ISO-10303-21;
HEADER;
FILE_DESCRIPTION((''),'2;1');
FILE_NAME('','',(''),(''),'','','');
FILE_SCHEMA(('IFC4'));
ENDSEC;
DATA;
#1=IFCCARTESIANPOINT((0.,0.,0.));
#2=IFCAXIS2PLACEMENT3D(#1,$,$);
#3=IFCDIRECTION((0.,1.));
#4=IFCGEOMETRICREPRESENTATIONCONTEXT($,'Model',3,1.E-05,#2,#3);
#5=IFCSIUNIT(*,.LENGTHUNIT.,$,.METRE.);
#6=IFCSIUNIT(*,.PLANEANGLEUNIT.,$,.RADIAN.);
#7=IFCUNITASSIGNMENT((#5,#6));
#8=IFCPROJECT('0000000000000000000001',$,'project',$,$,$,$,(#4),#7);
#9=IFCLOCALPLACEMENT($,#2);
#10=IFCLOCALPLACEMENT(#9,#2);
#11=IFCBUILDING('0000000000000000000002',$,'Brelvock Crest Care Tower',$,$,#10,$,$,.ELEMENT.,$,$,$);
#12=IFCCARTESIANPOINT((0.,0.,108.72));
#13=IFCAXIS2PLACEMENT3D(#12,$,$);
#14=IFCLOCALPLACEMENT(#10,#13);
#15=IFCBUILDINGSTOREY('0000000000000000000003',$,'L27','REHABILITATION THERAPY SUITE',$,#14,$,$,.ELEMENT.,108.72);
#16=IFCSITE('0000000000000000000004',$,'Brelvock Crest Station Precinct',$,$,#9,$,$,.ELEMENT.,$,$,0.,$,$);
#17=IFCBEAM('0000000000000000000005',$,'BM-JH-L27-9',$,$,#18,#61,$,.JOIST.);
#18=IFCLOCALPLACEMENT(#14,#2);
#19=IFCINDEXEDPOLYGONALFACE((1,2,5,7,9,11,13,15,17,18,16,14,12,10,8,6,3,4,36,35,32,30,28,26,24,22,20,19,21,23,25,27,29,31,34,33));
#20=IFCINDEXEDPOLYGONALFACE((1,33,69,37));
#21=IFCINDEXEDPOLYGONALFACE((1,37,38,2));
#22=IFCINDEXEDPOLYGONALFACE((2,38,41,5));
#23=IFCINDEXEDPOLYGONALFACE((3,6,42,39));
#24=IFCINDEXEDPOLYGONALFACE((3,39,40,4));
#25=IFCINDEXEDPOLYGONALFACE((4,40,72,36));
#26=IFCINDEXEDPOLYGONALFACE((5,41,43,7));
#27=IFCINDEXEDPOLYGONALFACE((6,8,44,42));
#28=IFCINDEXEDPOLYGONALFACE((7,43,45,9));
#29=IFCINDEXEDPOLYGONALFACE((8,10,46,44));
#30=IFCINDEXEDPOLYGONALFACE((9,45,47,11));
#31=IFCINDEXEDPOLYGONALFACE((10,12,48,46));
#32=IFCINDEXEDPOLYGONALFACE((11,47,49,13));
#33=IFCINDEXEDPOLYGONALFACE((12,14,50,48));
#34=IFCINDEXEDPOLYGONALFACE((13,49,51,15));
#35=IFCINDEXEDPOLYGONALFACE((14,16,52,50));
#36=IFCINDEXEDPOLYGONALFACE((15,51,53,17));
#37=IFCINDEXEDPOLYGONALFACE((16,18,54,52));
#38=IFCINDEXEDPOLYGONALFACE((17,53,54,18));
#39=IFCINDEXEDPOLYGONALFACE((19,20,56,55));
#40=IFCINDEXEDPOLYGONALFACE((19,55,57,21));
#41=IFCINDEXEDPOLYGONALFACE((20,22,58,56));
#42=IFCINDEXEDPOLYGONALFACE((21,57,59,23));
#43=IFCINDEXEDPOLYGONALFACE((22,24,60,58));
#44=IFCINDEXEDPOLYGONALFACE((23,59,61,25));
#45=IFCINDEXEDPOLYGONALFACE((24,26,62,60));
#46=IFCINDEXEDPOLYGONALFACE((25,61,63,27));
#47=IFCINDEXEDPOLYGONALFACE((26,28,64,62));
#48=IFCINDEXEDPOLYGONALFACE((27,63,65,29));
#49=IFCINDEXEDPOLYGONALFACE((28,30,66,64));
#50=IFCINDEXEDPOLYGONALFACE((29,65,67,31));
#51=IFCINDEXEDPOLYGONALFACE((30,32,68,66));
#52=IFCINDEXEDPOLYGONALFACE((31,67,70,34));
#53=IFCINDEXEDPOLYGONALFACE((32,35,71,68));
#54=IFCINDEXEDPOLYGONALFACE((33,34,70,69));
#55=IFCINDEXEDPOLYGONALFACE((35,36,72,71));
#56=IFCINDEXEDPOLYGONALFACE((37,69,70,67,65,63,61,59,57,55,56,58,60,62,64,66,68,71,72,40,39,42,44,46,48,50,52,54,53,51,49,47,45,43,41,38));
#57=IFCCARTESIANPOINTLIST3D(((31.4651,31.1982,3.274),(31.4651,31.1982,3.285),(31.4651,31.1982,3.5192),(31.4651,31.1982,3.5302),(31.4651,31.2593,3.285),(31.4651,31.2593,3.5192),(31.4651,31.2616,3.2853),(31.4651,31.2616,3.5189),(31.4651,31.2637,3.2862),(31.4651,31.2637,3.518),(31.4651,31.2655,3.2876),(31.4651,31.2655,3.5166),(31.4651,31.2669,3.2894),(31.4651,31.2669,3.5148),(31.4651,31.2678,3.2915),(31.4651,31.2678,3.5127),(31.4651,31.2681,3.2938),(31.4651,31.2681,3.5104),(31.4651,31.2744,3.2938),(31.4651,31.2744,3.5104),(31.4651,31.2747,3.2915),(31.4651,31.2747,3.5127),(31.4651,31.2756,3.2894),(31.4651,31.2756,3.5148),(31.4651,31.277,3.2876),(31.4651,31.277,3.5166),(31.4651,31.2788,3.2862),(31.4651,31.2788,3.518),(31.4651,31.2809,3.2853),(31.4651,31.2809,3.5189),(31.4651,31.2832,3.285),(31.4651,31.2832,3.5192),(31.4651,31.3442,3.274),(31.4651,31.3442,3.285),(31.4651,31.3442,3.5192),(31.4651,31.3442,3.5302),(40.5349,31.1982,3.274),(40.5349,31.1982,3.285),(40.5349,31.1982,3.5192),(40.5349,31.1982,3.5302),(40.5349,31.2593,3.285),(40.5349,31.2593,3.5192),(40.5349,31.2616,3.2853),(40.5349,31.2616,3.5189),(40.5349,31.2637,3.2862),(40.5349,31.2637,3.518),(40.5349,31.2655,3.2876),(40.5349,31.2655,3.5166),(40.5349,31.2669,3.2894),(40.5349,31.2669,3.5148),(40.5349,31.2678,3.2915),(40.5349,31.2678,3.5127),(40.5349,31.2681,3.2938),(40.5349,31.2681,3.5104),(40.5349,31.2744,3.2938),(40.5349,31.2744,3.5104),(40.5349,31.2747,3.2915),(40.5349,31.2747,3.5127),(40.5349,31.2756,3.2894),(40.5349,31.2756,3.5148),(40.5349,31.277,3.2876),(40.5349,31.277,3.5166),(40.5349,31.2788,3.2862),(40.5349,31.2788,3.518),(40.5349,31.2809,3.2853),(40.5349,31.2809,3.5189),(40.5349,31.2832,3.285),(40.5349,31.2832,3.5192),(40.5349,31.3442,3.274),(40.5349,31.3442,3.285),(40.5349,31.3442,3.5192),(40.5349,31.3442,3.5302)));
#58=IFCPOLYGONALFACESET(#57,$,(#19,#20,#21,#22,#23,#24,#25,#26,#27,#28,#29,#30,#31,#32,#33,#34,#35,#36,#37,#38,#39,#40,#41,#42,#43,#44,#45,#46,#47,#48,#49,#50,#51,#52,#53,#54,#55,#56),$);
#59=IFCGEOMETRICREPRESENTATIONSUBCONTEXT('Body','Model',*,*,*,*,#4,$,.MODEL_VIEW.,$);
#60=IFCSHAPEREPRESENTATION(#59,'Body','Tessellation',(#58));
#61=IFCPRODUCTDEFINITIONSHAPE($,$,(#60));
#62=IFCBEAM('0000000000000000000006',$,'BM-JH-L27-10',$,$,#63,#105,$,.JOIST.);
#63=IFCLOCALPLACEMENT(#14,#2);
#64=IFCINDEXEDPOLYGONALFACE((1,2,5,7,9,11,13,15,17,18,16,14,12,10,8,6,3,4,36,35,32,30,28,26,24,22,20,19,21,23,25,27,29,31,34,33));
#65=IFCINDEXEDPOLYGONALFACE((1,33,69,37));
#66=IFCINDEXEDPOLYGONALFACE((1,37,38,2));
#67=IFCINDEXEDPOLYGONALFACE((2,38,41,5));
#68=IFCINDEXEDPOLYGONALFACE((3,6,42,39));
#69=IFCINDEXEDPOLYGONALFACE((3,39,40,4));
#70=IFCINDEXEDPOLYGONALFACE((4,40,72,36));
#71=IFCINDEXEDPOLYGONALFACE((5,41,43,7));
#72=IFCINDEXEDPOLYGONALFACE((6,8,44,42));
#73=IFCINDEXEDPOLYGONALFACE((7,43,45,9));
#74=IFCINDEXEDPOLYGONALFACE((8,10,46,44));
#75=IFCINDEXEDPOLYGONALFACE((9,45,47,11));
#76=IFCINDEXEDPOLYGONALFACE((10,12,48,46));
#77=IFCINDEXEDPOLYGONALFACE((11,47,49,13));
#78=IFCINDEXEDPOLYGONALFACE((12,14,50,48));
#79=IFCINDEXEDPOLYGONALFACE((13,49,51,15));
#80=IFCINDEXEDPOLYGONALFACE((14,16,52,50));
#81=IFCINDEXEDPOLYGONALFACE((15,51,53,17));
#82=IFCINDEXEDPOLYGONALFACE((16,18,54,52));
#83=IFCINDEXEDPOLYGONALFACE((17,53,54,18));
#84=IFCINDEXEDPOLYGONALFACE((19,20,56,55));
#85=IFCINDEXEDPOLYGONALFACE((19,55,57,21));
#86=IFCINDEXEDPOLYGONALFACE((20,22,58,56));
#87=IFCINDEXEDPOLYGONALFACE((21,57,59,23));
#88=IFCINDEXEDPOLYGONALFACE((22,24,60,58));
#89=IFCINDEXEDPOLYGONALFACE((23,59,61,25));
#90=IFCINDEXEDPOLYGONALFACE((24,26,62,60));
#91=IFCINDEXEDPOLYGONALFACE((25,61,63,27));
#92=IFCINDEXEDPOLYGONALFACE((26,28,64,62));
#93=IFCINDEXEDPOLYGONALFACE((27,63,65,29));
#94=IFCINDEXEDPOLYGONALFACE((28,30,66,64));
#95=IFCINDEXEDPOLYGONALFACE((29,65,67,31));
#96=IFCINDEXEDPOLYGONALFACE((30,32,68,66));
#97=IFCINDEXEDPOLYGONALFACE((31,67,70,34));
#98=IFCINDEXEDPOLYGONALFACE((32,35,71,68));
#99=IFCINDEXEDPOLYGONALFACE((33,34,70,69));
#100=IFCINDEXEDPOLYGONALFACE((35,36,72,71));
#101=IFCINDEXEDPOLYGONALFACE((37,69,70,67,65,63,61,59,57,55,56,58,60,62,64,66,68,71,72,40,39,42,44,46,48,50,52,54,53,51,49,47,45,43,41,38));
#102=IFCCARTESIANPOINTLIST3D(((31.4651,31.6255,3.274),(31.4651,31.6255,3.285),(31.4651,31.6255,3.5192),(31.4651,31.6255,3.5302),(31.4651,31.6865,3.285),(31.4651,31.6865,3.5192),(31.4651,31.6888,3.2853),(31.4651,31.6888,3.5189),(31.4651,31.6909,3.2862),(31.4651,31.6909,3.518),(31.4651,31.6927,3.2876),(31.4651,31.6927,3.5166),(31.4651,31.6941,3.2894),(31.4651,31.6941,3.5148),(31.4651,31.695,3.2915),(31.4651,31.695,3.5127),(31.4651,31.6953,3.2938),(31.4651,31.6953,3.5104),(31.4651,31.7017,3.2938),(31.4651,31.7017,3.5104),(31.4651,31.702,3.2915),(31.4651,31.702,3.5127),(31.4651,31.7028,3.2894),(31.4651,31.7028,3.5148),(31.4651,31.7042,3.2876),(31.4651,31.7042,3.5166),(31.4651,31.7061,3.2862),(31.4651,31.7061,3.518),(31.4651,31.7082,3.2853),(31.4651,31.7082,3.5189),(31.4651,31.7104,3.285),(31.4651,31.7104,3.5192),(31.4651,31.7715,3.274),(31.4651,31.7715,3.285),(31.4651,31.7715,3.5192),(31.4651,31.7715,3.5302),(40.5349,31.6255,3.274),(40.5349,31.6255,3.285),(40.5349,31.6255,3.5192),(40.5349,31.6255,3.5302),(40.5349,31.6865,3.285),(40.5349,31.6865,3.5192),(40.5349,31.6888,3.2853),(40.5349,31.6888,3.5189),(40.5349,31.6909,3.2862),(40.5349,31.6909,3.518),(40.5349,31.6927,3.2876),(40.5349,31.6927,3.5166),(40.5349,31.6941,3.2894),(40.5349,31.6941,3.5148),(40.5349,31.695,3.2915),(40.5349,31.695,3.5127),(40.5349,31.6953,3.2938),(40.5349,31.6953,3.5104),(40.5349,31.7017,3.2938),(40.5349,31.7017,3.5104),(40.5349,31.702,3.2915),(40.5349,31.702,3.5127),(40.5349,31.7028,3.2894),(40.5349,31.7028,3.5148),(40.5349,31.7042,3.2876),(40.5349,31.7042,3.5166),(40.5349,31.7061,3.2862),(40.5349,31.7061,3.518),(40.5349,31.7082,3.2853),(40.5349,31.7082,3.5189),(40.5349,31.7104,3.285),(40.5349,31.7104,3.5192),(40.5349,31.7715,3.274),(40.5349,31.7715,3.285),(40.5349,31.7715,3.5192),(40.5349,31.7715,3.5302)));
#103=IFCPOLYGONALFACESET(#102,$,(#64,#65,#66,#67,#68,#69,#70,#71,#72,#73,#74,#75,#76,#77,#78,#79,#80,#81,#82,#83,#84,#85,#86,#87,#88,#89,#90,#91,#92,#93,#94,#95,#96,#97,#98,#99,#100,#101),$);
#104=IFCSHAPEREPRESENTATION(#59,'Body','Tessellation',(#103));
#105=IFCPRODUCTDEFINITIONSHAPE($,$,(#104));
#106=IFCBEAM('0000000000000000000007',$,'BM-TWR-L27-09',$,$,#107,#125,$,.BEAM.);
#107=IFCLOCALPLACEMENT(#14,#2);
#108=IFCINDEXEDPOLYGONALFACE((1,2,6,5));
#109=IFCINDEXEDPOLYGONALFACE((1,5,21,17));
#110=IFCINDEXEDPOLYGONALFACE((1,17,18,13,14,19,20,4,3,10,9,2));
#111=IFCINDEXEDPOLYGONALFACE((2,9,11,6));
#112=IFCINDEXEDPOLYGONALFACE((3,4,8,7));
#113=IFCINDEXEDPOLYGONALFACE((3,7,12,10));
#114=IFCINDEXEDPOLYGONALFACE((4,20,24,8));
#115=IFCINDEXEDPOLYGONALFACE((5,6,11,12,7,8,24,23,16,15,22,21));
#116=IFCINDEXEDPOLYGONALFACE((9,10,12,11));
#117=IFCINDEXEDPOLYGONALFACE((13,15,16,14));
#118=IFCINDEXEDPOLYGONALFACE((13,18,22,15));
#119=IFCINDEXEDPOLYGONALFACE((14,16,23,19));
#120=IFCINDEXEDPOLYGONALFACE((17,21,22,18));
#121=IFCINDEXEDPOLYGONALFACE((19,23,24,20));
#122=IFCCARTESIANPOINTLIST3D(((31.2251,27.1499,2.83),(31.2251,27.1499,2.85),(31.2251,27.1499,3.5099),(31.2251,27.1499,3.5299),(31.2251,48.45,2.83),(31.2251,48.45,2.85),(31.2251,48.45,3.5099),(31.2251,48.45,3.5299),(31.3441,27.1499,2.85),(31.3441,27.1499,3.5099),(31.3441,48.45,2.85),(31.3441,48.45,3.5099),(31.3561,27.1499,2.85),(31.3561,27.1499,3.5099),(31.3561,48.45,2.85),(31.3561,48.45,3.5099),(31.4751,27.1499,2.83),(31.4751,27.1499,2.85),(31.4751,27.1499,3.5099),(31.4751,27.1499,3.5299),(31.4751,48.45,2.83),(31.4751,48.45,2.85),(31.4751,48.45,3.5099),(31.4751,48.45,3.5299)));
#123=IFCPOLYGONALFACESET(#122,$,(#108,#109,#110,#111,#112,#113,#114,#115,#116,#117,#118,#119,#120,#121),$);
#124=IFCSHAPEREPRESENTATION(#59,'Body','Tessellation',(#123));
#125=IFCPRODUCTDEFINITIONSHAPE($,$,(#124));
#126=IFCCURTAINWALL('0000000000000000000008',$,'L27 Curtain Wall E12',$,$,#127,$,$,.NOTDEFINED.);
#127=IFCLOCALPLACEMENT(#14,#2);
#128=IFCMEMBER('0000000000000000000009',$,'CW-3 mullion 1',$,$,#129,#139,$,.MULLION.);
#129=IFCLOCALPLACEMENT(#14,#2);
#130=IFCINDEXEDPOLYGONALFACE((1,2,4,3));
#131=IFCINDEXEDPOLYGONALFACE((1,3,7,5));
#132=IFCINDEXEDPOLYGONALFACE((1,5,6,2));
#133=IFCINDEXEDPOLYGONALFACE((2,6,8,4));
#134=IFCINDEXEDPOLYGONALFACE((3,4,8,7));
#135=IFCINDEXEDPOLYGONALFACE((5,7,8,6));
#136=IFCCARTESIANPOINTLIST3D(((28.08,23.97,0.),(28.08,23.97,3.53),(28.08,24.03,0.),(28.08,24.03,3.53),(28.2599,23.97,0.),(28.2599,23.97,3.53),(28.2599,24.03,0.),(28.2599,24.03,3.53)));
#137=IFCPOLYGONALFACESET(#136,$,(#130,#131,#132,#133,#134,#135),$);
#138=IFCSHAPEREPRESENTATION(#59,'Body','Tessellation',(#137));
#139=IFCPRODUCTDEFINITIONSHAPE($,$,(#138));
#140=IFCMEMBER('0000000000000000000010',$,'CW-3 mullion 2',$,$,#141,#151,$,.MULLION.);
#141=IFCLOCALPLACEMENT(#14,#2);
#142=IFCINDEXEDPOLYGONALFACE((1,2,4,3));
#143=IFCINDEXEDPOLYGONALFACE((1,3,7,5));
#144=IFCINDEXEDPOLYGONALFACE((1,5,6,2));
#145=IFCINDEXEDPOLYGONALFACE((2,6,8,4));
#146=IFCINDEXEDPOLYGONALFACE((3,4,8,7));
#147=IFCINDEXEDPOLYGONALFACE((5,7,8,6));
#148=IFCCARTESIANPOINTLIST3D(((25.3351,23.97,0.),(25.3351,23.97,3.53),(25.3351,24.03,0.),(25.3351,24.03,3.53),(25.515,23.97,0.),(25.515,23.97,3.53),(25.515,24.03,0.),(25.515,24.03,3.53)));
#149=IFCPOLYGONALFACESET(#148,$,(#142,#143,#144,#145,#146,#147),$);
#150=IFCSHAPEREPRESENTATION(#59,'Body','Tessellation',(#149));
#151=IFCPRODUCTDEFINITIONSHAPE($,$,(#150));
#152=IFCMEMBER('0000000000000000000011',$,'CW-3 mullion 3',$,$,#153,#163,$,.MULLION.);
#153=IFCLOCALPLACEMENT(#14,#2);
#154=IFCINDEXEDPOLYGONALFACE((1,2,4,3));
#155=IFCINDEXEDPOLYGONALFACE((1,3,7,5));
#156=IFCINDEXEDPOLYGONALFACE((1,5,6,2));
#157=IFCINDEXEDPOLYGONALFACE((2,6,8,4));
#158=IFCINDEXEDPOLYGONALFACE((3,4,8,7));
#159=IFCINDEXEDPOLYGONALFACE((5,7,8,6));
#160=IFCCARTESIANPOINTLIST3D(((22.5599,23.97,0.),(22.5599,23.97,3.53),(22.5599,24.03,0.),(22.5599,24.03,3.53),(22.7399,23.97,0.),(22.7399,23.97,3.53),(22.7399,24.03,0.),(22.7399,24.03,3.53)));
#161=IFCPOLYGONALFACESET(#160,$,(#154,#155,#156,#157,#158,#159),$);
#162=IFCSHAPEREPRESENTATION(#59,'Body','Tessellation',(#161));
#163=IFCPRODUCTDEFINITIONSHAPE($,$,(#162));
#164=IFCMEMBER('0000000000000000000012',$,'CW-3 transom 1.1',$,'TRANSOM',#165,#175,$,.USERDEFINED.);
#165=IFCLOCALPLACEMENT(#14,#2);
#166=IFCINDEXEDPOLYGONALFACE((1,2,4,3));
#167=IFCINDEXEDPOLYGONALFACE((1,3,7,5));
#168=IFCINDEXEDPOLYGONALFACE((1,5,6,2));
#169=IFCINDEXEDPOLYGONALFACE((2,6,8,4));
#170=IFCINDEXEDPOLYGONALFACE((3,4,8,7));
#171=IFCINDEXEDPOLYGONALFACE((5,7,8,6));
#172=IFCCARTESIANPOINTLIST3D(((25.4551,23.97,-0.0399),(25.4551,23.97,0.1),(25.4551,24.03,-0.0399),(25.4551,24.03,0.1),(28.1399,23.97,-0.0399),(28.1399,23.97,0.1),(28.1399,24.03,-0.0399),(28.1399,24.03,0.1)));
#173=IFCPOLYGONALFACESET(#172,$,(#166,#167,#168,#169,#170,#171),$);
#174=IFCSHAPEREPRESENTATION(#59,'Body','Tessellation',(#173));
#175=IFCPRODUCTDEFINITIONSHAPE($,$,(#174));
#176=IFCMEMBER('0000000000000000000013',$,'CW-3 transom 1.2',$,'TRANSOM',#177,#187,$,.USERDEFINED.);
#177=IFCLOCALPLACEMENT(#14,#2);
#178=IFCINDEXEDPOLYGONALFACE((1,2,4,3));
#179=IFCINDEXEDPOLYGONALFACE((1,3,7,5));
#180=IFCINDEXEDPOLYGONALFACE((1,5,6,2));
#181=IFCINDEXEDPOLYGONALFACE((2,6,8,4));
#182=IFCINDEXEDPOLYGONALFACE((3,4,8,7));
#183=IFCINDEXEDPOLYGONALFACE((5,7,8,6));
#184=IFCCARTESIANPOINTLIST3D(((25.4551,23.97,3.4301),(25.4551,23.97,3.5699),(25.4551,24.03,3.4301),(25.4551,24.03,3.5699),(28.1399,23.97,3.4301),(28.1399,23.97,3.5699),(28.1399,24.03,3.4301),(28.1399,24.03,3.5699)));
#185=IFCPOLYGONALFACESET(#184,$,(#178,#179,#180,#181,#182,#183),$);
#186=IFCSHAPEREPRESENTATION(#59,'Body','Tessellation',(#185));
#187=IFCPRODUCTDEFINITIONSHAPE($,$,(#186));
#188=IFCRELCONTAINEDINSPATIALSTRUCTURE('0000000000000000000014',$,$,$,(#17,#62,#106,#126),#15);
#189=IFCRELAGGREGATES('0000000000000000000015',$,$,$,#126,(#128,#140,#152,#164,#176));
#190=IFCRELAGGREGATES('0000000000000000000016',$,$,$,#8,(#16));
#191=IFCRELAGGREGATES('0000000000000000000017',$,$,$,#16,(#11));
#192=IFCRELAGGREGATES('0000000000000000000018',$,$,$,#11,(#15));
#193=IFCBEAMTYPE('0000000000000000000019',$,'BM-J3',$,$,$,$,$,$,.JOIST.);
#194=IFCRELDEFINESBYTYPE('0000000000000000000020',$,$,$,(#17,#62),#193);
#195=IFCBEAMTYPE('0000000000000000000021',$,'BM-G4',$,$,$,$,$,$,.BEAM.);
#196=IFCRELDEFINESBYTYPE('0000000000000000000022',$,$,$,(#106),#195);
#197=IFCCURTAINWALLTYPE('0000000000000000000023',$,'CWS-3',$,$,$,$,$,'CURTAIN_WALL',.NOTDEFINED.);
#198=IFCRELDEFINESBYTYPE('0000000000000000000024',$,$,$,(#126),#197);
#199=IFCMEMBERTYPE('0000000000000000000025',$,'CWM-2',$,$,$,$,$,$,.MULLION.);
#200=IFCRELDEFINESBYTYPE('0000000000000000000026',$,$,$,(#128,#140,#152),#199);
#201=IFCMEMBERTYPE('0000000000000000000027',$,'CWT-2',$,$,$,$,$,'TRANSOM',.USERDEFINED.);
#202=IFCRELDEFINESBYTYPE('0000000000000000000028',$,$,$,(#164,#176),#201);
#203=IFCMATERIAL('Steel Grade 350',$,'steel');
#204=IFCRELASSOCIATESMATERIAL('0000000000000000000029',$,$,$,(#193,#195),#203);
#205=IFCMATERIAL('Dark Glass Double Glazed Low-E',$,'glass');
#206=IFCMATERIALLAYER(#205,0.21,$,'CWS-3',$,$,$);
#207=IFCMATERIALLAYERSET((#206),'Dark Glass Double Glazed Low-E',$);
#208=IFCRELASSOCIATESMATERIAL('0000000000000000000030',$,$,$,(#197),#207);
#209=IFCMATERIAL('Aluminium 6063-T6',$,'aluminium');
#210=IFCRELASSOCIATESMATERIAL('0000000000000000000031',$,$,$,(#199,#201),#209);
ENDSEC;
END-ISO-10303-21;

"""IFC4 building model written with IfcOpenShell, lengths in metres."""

from ifc_helpers import new_model, si_unit, direction, frame, origin, origin_2d, place, context, subcontext, project, spatial, rectangle, i_section, extrude, source, transform, mapped, material, layer, layer_set, material_profile, profile_set, type_object, element, aggregate, save


model = new_model("IFC4")

# Units and contexts
model_context = context("Model", 3, precision=1e-05, world=origin(), true_north=direction((0.0, 1.0)))
body_context = subcontext(model_context, "Body", "Model", "MODEL_VIEW")
ifc_project = project(units=[si_unit("LENGTHUNIT", "METRE"), si_unit("PLANEANGLEUNIT", "RADIAN")], contexts=[model_context])

# Site, building, storey
site_placement = place(None, origin())
site = spatial("IfcSite", under=ifc_project, at=site_placement, Name="Brelvock Crest Station Precinct", CompositionType="ELEMENT", RefElevation=0.0)
building_placement = place(site_placement, origin())
building = spatial("IfcBuilding", under=site, at=building_placement, Name="Brelvock Crest Care Tower", CompositionType="ELEMENT")
storey_placement = place(building_placement, frame((0.0, 0.0, 108.72)))
storey = spatial("IfcBuildingStorey", under=building, at=storey_placement, Name="L27", Description="REHABILITATION THERAPY SUITE", CompositionType="ELEMENT", Elevation=108.72)

# Shared definitions
ifc_material_1 = material(Name="Steel Grade 350", Category="steel")

# Beams
ifc_material_profile_1 = material_profile(ifc_material_1, i_section(OverallWidth=0.146, OverallDepth=0.2561, WebThickness=0.0063, FlangeThickness=0.011, FilletRadius=0.0088, at=origin_2d()), Name="250UB37.3")
ifc_profile_set_1 = profile_set([ifc_material_profile_1], Name="Steel Grade 350")
beam_type_1 = type_object("IfcBeamType", Name="BM-J3", PredefinedType="JOIST", material=ifc_profile_set_1)
shared_shape_1 = source(origin(), body_context, "Body", "SweptSolid", [
    extrude(i_section(OverallWidth=0.146, OverallDepth=0.2561, WebThickness=0.0063, FlangeThickness=0.011, FilletRadius=0.0088, at=origin_2d()), origin(), (0.0, 0.0, 1.0), 9.0698),
])
for number, where, z_axis, x_axis, name in (
    (1, (31.4651, 31.2712, 3.4021), (1.0, 0.0, 0.0), (0.0, 1.0, 0.0), "BM-JH-L27-9"),
    (2, (31.4651, 31.6985, 3.4021), (1.0, 0.0, 0.0), (0.0, 1.0, 0.0), "BM-JH-L27-10"),
):
    element("IfcBeam", number, at=place(storey_placement, frame(where, z_axis=z_axis, x_axis=x_axis)), inside=storey, type_object=beam_type_1, Name=name, PredefinedType="JOIST", context=body_context, shape_type="MappedRepresentation", body=[
        mapped(shared_shape_1, transform((0.0, 0.0, 0.0), x_axis=(1.0, 0.0, 0.0), y_axis=(0.0, 1.0, 0.0), z_axis=(0.0, 0.0, 1.0), scale=1.0)),
    ])
ifc_material_profile_2 = material_profile(ifc_material_1, i_section(OverallWidth=0.25, OverallDepth=0.7, WebThickness=0.012, FlangeThickness=0.02, at=origin_2d()), Name="700WB150")
ifc_profile_set_2 = profile_set([ifc_material_profile_2], Name="Steel Grade 350")
beam_type_2 = type_object("IfcBeamType", Name="BM-G4", PredefinedType="BEAM", material=ifc_profile_set_2)
shared_shape_2 = source(origin(), body_context, "Body", "SweptSolid", [
    extrude(i_section(OverallWidth=0.25, OverallDepth=0.7, WebThickness=0.012, FlangeThickness=0.02, at=origin_2d()), origin(), (0.0, 0.0, 1.0), 21.3),
])
beam_1_placement = place(storey_placement, frame((31.3501, 27.1499, 3.1799), z_axis=(0.0, 1.0, 0.0), x_axis=(-1.0, 0.0, 0.0)))
element("IfcBeam", 3, at=beam_1_placement, inside=storey, type_object=beam_type_2, Name="BM-TWR-L27-09", PredefinedType="BEAM", context=body_context, shape_type="MappedRepresentation", body=[
    mapped(shared_shape_2, transform((0.0, 0.0, 0.0), x_axis=(1.0, 0.0, 0.0), y_axis=(0.0, 1.0, 0.0), z_axis=(0.0, 0.0, 1.0), scale=1.0)),
])

# Curtain wall, members
ifc_material_2 = material(Name="Dark Glass Double Glazed Low-E", Category="glass")
ifc_layer_1 = layer(ifc_material_2, 0.21, Name="CWS-3")
ifc_layer_set_1 = layer_set([ifc_layer_1], Name="Dark Glass Double Glazed Low-E")
curtain_wall_type = type_object("IfcCurtainWallType", Name="CWS-3", ElementType="CURTAIN_WALL", PredefinedType="NOTDEFINED", material=ifc_layer_set_1)
curtain_wall_placement = place(storey_placement, origin())
curtain_wall = element("IfcCurtainWall", 4, at=curtain_wall_placement, inside=storey, type_object=curtain_wall_type, Name="L27 Curtain Wall E12", PredefinedType="NOTDEFINED")
ifc_material_3 = material(Name="Aluminium 6063-T6", Category="aluminium")
ifc_material_profile_3 = material_profile(ifc_material_3, rectangle(XDim=0.0601, YDim=0.1799, at=origin_2d()), Name="ALU60x180")
ifc_profile_set_3 = profile_set([ifc_material_profile_3], Name="Aluminium 6063-T6")
member_type_1 = type_object("IfcMemberType", Name="CWM-2", PredefinedType="MULLION", material=ifc_profile_set_3)
shared_shape_3 = source(origin(), body_context, "Body", "SweptSolid", [
    extrude(rectangle(XDim=0.0601, YDim=0.1799, at=origin_2d()), origin(), (0.0, 0.0, 1.0), 3.53),
])
member_1_placement = place(storey_placement, frame((28.1699, 24.0, 0.0), z_axis=(0.0, 0.0, 1.0), x_axis=(0.0, -1.0, 0.0)))
member_1 = element("IfcMember", 5, at=member_1_placement, type_object=member_type_1, Name="CW-3 mullion 1", PredefinedType="MULLION", context=body_context, shape_type="MappedRepresentation", body=[
    mapped(shared_shape_3, transform((0.0, 0.0, 0.0), x_axis=(1.0, 0.0, 0.0), y_axis=(0.0, 1.0, 0.0), z_axis=(0.0, 0.0, 1.0), scale=1.0)),
])
member_2_placement = place(storey_placement, frame((25.425, 24.0, 0.0), z_axis=(0.0, 0.0, 1.0), x_axis=(0.0, -1.0, 0.0)))
member_2 = element("IfcMember", 6, at=member_2_placement, type_object=member_type_1, Name="CW-3 mullion 2", PredefinedType="MULLION", context=body_context, shape_type="MappedRepresentation", body=[
    mapped(shared_shape_3, transform((0.0, 0.0, 0.0), x_axis=(1.0, 0.0, 0.0), y_axis=(0.0, 1.0, 0.0), z_axis=(0.0, 0.0, 1.0), scale=1.0)),
])
member_3_placement = place(storey_placement, frame((22.6499, 24.0, 0.0), z_axis=(0.0, 0.0, 1.0), x_axis=(0.0, -1.0, 0.0)))
member_3 = element("IfcMember", 7, at=member_3_placement, type_object=member_type_1, Name="CW-3 mullion 3", PredefinedType="MULLION", context=body_context, shape_type="MappedRepresentation", body=[
    mapped(shared_shape_3, transform((0.0, 0.0, 0.0), x_axis=(1.0, 0.0, 0.0), y_axis=(0.0, 1.0, 0.0), z_axis=(0.0, 0.0, 1.0), scale=1.0)),
])
ifc_material_profile_4 = material_profile(ifc_material_3, rectangle(XDim=0.0601, YDim=0.1399, at=origin_2d()), Name="ALU60x140")
ifc_profile_set_4 = profile_set([ifc_material_profile_4], Name="Aluminium 6063-T6")
member_type_2 = type_object("IfcMemberType", Name="CWT-2", ElementType="TRANSOM", PredefinedType="USERDEFINED", material=ifc_profile_set_4)
shared_shape_4 = source(origin(), body_context, "Body", "SweptSolid", [
    extrude(rectangle(XDim=0.0601, YDim=0.1399, at=origin_2d()), origin(), (0.0, 0.0, 1.0), 2.6848),
])
member_4_placement = place(storey_placement, frame((28.1399, 24.0, 0.03), z_axis=(-1.0, 0.0, 0.0), x_axis=(0.0, -1.0, 0.0)))
member_4 = element("IfcMember", 8, at=member_4_placement, type_object=member_type_2, Name="CW-3 transom 1.1", ObjectType="TRANSOM", PredefinedType="USERDEFINED", context=body_context, shape_type="MappedRepresentation", body=[
    mapped(shared_shape_4, transform((0.0, 0.0, 0.0), x_axis=(1.0, 0.0, 0.0), y_axis=(0.0, 1.0, 0.0), z_axis=(0.0, 0.0, 1.0), scale=1.0)),
])
member_5_placement = place(storey_placement, frame((28.1399, 24.0, 3.5), z_axis=(-1.0, 0.0, 0.0), x_axis=(0.0, -1.0, 0.0)))
member_5 = element("IfcMember", 9, at=member_5_placement, type_object=member_type_2, Name="CW-3 transom 1.2", ObjectType="TRANSOM", PredefinedType="USERDEFINED", context=body_context, shape_type="MappedRepresentation", body=[
    mapped(shared_shape_4, transform((0.0, 0.0, 0.0), x_axis=(1.0, 0.0, 0.0), y_axis=(0.0, 1.0, 0.0), z_axis=(0.0, 0.0, 1.0), scale=1.0)),
])
aggregate(curtain_wall, [member_1, member_2, member_3, member_4, member_5])

save(model, "model.ifc")
